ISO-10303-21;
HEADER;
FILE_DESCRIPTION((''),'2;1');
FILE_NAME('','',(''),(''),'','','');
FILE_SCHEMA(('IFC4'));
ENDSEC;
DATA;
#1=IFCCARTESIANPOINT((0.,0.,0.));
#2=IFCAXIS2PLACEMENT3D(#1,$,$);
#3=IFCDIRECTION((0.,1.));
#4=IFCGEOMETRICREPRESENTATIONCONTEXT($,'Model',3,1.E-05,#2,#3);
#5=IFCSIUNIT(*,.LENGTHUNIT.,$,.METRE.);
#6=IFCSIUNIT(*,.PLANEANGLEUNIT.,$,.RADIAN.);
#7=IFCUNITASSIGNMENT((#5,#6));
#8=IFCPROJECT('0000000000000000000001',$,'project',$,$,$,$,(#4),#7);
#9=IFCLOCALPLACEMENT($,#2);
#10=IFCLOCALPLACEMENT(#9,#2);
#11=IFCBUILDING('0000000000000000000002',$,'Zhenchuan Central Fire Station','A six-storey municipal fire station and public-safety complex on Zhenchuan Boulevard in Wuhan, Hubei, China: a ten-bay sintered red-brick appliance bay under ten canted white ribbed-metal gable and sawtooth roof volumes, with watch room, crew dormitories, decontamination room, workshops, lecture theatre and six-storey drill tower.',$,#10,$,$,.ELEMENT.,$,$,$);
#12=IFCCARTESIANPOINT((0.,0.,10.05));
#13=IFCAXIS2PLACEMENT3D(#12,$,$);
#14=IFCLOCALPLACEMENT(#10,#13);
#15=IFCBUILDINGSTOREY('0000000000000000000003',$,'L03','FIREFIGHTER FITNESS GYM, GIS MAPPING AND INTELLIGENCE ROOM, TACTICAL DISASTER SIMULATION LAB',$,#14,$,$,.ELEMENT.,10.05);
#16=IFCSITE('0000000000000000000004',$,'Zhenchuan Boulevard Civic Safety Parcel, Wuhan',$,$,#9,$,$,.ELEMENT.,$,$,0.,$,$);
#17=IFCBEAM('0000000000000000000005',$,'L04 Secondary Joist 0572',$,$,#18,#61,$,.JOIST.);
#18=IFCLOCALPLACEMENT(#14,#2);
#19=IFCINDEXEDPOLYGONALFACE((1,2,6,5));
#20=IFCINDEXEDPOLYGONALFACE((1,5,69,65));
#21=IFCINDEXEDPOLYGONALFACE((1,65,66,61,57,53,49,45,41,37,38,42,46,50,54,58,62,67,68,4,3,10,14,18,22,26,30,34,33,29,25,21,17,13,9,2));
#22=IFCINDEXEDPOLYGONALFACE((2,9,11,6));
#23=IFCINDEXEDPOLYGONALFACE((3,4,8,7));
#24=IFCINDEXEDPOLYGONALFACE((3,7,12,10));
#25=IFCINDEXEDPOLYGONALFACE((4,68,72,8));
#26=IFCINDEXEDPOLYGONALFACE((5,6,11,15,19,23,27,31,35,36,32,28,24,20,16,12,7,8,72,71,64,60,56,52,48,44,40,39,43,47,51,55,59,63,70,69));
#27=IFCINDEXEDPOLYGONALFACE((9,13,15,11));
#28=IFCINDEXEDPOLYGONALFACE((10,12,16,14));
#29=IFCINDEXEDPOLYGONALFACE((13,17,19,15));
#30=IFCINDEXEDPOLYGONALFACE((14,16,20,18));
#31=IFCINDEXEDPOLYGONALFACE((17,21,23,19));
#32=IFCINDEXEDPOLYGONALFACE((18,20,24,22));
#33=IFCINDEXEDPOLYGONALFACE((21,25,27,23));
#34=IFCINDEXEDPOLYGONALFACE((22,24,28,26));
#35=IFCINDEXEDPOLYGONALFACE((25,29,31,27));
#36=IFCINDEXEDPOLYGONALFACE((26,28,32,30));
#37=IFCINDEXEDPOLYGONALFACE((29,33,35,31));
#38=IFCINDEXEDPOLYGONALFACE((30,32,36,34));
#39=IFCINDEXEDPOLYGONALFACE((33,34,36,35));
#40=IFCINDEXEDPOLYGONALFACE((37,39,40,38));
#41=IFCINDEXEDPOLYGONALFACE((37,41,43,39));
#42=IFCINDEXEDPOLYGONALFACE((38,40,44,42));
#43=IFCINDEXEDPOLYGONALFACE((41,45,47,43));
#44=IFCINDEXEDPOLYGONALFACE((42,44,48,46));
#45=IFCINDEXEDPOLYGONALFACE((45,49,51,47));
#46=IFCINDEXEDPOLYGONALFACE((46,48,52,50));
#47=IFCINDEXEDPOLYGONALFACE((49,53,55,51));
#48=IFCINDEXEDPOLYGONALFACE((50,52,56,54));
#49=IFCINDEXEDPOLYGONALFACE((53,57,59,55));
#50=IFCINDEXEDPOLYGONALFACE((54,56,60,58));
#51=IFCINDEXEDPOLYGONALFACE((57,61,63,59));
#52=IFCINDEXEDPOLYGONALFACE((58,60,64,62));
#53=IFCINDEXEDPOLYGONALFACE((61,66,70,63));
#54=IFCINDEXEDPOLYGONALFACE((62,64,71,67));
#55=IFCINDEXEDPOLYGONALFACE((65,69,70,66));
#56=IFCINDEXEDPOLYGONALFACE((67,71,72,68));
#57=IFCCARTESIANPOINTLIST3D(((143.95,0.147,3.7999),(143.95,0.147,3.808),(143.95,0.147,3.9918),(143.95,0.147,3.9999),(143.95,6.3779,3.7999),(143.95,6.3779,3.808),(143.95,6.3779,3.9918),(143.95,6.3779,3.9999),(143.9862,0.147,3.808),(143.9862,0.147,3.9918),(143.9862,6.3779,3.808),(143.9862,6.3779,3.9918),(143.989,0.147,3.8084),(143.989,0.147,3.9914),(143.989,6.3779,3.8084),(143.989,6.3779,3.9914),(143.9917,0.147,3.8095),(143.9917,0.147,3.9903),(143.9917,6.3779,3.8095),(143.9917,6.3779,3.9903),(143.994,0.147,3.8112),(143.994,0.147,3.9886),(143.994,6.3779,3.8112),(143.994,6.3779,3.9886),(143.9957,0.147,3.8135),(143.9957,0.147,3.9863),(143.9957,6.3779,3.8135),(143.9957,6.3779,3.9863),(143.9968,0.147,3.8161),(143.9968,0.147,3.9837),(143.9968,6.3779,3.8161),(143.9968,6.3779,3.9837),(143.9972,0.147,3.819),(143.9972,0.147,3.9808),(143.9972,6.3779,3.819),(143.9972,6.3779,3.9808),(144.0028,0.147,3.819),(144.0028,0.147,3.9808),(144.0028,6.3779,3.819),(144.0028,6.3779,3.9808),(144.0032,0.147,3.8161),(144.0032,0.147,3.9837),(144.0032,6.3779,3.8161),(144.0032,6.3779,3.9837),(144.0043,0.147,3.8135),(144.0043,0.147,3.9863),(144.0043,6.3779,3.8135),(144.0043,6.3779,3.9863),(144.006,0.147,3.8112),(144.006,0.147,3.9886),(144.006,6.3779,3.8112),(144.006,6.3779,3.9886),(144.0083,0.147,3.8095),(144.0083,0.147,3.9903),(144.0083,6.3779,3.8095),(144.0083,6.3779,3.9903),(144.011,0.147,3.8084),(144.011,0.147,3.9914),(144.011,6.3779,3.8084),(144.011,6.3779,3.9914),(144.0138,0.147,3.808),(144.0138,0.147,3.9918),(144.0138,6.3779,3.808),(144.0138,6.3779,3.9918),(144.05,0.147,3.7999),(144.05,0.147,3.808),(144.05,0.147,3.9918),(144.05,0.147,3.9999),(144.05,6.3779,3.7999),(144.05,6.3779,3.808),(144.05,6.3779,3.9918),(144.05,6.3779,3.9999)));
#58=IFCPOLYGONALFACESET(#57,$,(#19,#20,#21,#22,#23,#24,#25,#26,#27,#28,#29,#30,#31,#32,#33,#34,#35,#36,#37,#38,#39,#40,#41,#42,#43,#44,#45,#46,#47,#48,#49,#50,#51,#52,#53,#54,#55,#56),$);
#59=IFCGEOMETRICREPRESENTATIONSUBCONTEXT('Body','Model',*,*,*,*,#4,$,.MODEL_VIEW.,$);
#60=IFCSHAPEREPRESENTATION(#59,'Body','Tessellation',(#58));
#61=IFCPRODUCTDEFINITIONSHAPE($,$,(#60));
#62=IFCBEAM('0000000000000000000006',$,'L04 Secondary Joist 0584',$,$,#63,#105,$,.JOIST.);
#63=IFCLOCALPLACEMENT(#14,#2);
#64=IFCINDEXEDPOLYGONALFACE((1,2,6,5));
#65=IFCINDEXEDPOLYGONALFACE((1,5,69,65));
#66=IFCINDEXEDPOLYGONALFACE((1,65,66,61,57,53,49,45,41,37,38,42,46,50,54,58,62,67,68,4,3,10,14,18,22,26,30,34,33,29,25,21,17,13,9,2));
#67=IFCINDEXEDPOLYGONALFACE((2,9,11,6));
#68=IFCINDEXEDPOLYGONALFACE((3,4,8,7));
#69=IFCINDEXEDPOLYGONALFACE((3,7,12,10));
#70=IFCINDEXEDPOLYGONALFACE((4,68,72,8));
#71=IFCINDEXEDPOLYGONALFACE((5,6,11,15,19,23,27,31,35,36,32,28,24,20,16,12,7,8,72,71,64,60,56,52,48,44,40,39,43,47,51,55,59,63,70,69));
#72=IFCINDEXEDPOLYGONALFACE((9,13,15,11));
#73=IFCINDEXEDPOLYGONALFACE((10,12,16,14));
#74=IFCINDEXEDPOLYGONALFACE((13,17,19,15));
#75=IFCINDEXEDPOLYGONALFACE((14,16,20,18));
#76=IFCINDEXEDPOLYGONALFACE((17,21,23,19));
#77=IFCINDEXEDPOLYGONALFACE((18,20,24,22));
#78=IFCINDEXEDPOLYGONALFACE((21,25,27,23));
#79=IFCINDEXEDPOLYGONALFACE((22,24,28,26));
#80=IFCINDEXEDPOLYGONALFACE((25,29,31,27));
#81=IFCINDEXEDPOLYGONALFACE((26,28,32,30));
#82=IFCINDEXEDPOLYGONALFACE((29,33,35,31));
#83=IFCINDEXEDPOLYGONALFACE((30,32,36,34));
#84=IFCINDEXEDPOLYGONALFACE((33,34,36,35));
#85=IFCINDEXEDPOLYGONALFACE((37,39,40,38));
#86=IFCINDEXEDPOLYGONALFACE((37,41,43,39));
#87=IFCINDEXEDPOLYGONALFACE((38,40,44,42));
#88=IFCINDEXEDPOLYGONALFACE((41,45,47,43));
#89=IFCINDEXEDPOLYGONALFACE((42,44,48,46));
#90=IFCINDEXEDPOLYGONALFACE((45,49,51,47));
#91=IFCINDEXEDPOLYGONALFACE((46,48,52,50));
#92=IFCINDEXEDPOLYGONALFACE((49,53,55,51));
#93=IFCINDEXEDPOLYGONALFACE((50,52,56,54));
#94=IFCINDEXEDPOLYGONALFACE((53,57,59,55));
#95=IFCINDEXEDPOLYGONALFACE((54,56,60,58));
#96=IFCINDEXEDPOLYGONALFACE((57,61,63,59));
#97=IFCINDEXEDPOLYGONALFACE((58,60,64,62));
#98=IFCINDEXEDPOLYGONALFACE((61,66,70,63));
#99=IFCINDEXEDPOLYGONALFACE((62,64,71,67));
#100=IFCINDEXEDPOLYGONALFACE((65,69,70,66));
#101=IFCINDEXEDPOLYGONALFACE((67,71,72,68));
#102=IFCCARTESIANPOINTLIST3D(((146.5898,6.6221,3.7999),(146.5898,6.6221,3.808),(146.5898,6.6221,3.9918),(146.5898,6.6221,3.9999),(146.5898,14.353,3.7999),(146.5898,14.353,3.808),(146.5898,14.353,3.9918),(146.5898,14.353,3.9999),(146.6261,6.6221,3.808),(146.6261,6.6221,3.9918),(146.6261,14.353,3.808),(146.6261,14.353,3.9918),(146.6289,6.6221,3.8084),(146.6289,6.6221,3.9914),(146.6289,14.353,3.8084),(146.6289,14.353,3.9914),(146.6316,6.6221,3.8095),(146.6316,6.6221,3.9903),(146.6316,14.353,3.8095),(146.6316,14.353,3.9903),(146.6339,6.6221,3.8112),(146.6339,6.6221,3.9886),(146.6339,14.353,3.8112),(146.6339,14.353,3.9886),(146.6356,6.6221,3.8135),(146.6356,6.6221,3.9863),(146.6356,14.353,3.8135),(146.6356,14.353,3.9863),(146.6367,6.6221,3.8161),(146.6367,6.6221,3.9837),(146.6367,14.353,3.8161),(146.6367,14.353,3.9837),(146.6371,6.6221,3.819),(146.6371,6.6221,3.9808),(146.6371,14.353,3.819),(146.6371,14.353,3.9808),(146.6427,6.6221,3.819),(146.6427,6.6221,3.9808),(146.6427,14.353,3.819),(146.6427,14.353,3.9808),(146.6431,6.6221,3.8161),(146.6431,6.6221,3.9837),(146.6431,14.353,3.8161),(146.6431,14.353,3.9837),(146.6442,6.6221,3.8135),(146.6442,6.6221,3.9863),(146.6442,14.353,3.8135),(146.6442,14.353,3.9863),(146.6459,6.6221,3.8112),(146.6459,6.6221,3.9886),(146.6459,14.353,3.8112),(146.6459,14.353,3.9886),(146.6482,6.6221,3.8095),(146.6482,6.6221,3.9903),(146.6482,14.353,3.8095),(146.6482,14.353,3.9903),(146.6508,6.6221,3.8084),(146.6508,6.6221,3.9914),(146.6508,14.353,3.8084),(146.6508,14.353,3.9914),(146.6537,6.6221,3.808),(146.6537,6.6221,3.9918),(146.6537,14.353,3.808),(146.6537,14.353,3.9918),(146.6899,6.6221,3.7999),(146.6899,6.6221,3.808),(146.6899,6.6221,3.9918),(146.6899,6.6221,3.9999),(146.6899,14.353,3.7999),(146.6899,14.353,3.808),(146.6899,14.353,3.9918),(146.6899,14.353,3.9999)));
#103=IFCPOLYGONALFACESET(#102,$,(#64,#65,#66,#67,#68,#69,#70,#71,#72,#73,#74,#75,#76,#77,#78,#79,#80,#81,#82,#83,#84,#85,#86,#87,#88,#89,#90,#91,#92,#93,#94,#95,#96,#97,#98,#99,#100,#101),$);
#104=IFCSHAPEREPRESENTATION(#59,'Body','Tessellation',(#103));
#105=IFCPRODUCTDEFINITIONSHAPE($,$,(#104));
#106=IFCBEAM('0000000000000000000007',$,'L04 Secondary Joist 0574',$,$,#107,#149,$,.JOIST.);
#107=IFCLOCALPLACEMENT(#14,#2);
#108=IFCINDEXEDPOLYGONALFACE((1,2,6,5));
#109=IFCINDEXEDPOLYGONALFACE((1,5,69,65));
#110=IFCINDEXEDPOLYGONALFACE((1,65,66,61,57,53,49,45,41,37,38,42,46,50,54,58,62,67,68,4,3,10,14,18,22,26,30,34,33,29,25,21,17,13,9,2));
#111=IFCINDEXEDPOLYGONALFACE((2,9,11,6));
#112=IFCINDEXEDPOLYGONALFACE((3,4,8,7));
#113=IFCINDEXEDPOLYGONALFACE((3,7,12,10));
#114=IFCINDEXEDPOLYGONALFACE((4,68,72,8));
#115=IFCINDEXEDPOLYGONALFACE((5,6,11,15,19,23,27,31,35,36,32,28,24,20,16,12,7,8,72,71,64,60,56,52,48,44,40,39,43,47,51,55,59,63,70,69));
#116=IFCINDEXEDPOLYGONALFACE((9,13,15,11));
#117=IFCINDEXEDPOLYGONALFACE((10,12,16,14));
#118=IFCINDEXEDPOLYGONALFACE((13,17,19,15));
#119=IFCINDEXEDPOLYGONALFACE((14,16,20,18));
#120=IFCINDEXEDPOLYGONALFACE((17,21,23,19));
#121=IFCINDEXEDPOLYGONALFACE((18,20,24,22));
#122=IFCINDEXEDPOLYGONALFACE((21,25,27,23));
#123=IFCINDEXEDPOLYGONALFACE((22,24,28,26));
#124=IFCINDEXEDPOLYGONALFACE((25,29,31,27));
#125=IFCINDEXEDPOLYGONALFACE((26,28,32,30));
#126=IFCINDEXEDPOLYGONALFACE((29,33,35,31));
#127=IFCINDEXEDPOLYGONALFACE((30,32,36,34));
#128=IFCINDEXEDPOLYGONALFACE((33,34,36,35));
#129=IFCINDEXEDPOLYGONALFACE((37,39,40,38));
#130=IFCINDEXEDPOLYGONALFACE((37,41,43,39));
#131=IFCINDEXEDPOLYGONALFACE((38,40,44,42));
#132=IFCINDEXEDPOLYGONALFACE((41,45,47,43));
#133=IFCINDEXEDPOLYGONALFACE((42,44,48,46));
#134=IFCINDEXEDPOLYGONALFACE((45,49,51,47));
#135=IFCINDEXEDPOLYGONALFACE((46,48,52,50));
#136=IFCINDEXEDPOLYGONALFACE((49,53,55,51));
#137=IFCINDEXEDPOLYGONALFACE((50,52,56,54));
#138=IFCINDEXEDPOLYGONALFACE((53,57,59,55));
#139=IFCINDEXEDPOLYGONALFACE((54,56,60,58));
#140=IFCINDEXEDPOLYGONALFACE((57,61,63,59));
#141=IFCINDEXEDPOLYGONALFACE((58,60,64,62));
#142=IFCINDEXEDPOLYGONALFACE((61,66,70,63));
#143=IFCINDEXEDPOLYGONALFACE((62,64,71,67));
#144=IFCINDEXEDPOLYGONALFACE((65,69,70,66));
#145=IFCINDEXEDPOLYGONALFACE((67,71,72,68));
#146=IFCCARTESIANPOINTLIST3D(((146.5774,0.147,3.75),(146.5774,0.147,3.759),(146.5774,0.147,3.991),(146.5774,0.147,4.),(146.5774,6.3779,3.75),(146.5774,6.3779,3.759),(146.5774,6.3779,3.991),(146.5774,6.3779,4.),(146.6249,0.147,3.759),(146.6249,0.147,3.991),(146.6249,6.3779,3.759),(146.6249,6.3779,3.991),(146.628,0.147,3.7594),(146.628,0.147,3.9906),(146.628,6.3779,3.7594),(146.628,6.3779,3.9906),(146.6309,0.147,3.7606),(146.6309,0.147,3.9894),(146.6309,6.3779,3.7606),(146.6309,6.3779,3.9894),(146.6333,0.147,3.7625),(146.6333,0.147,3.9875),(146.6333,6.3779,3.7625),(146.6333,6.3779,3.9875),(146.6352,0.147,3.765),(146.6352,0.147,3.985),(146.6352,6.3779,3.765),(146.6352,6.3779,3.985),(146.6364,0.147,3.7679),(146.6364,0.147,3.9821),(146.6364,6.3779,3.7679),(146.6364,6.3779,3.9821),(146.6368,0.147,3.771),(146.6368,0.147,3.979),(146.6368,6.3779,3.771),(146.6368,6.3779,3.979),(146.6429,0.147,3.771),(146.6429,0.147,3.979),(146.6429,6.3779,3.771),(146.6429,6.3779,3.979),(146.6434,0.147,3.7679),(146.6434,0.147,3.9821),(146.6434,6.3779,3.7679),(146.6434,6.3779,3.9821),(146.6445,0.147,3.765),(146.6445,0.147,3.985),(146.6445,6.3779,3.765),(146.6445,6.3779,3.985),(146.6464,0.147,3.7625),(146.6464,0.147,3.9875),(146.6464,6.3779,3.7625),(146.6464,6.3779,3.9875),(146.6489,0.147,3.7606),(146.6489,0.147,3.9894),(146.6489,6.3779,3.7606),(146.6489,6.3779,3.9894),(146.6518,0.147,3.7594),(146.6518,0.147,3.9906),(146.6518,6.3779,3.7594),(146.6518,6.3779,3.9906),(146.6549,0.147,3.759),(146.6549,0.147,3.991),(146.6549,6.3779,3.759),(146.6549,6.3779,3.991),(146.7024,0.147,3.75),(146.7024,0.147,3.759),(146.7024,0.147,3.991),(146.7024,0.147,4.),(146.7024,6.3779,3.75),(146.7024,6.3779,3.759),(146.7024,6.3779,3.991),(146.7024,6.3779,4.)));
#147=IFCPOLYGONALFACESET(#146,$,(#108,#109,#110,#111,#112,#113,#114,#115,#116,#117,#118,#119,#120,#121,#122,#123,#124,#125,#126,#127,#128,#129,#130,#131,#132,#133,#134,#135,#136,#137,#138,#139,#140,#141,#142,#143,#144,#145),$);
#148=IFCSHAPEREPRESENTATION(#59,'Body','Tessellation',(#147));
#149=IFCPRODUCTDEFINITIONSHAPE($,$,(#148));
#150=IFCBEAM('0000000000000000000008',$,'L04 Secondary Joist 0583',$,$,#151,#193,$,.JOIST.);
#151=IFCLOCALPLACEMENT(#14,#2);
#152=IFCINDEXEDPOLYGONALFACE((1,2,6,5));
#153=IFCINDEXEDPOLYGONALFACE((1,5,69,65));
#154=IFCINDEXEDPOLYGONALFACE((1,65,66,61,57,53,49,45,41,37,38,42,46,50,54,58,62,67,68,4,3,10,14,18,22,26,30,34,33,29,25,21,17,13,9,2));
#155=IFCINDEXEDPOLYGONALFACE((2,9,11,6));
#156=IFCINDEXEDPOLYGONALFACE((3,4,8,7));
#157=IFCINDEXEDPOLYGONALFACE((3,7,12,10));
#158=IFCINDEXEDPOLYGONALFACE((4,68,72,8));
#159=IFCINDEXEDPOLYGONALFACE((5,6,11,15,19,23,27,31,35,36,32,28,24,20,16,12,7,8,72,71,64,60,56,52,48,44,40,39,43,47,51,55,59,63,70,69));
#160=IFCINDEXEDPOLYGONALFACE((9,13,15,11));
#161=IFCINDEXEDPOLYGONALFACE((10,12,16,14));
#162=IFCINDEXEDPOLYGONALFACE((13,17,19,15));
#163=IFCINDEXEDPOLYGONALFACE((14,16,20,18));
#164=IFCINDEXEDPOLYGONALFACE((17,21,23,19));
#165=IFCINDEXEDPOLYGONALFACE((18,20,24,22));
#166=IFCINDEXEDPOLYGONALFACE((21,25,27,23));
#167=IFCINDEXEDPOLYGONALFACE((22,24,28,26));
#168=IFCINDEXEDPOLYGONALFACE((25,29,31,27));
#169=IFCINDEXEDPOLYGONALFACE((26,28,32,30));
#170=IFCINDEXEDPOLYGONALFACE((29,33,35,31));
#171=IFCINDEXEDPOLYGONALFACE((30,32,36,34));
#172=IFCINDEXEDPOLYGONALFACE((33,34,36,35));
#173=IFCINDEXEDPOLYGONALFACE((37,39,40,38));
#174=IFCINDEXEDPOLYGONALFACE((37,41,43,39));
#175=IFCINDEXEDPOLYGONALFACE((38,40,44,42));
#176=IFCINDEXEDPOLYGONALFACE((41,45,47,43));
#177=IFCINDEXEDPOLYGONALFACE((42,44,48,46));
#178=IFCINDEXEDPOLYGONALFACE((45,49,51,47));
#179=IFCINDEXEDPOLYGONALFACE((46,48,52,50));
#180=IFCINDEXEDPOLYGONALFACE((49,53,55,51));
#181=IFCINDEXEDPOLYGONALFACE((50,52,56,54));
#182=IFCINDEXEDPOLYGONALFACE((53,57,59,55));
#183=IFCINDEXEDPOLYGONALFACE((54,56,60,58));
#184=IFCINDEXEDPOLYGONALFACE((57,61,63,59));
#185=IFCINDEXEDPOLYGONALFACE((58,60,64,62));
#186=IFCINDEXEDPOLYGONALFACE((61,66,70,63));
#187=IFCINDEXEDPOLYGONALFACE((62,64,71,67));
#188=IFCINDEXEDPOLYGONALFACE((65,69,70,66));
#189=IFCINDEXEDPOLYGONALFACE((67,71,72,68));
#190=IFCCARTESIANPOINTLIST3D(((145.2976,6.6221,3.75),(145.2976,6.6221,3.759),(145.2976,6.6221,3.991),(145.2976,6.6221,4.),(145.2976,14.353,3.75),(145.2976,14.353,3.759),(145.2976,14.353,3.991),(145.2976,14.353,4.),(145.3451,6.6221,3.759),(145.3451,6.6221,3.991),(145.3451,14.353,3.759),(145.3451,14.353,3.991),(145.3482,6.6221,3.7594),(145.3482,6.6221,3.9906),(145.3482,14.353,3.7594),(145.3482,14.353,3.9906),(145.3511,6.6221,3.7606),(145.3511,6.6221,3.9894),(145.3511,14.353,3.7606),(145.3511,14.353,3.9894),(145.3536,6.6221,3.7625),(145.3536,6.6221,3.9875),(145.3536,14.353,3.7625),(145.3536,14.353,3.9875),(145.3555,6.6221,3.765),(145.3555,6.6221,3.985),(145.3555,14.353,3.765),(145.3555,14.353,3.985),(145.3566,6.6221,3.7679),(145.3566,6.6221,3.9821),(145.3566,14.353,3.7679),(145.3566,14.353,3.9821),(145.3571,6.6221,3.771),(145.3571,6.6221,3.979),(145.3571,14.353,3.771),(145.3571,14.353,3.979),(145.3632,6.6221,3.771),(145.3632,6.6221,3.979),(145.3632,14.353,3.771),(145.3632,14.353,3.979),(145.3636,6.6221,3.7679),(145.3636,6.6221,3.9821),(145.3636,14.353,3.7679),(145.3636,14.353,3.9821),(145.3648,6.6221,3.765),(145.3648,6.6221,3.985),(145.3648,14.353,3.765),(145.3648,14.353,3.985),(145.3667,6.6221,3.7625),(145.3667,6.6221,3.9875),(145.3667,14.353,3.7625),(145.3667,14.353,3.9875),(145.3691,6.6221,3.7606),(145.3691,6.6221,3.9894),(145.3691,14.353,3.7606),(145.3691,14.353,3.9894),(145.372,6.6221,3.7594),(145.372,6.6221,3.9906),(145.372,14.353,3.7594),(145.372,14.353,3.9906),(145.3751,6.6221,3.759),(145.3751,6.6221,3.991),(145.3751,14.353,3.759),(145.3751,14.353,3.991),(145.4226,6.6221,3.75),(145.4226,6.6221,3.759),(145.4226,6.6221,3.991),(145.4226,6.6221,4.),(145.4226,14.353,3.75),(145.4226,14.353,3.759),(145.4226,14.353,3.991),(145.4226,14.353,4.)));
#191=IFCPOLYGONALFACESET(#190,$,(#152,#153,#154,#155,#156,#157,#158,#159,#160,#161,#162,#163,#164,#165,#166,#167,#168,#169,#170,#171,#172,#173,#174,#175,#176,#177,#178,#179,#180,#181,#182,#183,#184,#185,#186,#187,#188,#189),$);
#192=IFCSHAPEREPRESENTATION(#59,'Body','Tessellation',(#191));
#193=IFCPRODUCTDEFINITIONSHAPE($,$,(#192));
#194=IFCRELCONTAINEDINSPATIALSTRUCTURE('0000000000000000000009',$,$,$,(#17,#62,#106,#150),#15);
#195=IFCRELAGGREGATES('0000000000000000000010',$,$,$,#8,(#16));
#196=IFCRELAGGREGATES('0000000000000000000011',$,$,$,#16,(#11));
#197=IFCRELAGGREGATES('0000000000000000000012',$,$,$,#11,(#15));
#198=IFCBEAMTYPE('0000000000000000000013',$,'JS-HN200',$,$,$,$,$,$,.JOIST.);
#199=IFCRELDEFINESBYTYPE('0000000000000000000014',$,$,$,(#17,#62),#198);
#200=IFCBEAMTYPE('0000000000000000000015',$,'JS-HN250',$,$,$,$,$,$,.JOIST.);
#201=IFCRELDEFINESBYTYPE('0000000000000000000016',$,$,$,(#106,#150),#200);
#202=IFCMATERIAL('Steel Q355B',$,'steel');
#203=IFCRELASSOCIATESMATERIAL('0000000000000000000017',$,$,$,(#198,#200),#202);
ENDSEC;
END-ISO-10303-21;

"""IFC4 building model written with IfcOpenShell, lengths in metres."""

from ifc_helpers import new_model, si_unit, direction, frame, origin, origin_2d, place, context, subcontext, project, spatial, i_section, extrude, material, material_profile, profile_set, type_object, element, save


model = new_model("IFC4")

# Units and contexts
model_context = context("Model", 3, precision=1e-05, world=origin(), true_north=direction((0.0, 1.0)))
body_context = subcontext(model_context, "Body", "Model", "MODEL_VIEW")
ifc_project = project(units=[si_unit("LENGTHUNIT", "METRE"), si_unit("PLANEANGLEUNIT", "RADIAN")], contexts=[model_context])

# Site, building, storey
site_placement = place(None, origin())
site = spatial("IfcSite", under=ifc_project, at=site_placement, Name="Zhenchuan Boulevard Civic Safety Parcel, Wuhan", CompositionType="ELEMENT", RefElevation=0.0)
building_placement = place(site_placement, origin())
building = spatial("IfcBuilding", under=site, at=building_placement, Name="Zhenchuan Central Fire Station", Description="A six-storey municipal fire station and public-safety complex on Zhenchuan Boulevard in Wuhan, Hubei, China: a ten-bay sintered red-brick appliance bay under ten canted white ribbed-metal gable and sawtooth roof volumes, with watch room, crew dormitories, decontamination room, workshops, lecture theatre and six-storey drill tower.", CompositionType="ELEMENT")
storey_placement = place(building_placement, frame((0.0, 0.0, 10.05)))
storey = spatial("IfcBuildingStorey", under=building, at=storey_placement, Name="L03", Description="FIREFIGHTER FITNESS GYM, GIS MAPPING AND INTELLIGENCE ROOM, TACTICAL DISASTER SIMULATION LAB", CompositionType="ELEMENT", Elevation=10.05)

# Beams
ifc_material_1 = material(Name="Steel Q355B", Category="steel")
ifc_material_profile_1 = material_profile(ifc_material_1, i_section(OverallWidth=0.1001, OverallDepth=0.2, WebThickness=0.0056, FlangeThickness=0.0081, FilletRadius=0.011, at=origin_2d()), Name="HN 200x100")
ifc_profile_set_1 = profile_set([ifc_material_profile_1], Name="Steel Q355B")
beam_type_1 = type_object("IfcBeamType", Name="JS-HN200", PredefinedType="JOIST", material=ifc_profile_set_1)
beam_1_placement = place(storey_placement, frame((144.0, 0.147, 3.8999), z_axis=(0.0, 1.0, 0.0), x_axis=(-1.0, 0.0, 0.0)))
element("IfcBeam", 1, at=beam_1_placement, inside=storey, type_object=beam_type_1, Name="L04 Secondary Joist 0572", PredefinedType="JOIST", context=body_context, shape_type="SweptSolid", body=[
    extrude(i_section(OverallWidth=0.1001, OverallDepth=0.2, WebThickness=0.0056, FlangeThickness=0.0081, FilletRadius=0.011, at=origin_2d()), origin(), (0.0, 0.0, 1.0), 6.231),
])
beam_2_placement = place(storey_placement, frame((146.6399, 6.6221, 3.8999), z_axis=(0.0, 1.0, 0.0), x_axis=(-1.0, 0.0, 0.0)))
element("IfcBeam", 2, at=beam_2_placement, inside=storey, type_object=beam_type_1, Name="L04 Secondary Joist 0584", PredefinedType="JOIST", context=body_context, shape_type="SweptSolid", body=[
    extrude(i_section(OverallWidth=0.1001, OverallDepth=0.2, WebThickness=0.0056, FlangeThickness=0.0081, FilletRadius=0.011, at=origin_2d()), origin(), (0.0, 0.0, 1.0), 7.731),
])
ifc_material_profile_2 = material_profile(ifc_material_1, i_section(OverallWidth=0.125, OverallDepth=0.25, WebThickness=0.0061, FlangeThickness=0.009, FilletRadius=0.012, at=origin_2d()), Name="HN 250x125")
ifc_profile_set_2 = profile_set([ifc_material_profile_2], Name="Steel Q355B")
beam_type_2 = type_object("IfcBeamType", Name="JS-HN250", PredefinedType="JOIST", material=ifc_profile_set_2)
beam_3_placement = place(storey_placement, frame((146.6399, 0.147, 3.875), z_axis=(0.0, 1.0, 0.0), x_axis=(-1.0, 0.0, 0.0)))
element("IfcBeam", 3, at=beam_3_placement, inside=storey, type_object=beam_type_2, Name="L04 Secondary Joist 0574", PredefinedType="JOIST", context=body_context, shape_type="SweptSolid", body=[
    extrude(i_section(OverallWidth=0.125, OverallDepth=0.25, WebThickness=0.0061, FlangeThickness=0.009, FilletRadius=0.012, at=origin_2d()), origin(), (0.0, 0.0, 1.0), 6.231),
])
beam_4_placement = place(storey_placement, frame((145.3601, 6.6221, 3.875), z_axis=(0.0, 1.0, 0.0), x_axis=(-1.0, 0.0, 0.0)))
element("IfcBeam", 4, at=beam_4_placement, inside=storey, type_object=beam_type_2, Name="L04 Secondary Joist 0583", PredefinedType="JOIST", context=body_context, shape_type="SweptSolid", body=[
    extrude(i_section(OverallWidth=0.125, OverallDepth=0.25, WebThickness=0.0061, FlangeThickness=0.009, FilletRadius=0.012, at=origin_2d()), origin(), (0.0, 0.0, 1.0), 7.731),
])

save(model, "model.ifc")
